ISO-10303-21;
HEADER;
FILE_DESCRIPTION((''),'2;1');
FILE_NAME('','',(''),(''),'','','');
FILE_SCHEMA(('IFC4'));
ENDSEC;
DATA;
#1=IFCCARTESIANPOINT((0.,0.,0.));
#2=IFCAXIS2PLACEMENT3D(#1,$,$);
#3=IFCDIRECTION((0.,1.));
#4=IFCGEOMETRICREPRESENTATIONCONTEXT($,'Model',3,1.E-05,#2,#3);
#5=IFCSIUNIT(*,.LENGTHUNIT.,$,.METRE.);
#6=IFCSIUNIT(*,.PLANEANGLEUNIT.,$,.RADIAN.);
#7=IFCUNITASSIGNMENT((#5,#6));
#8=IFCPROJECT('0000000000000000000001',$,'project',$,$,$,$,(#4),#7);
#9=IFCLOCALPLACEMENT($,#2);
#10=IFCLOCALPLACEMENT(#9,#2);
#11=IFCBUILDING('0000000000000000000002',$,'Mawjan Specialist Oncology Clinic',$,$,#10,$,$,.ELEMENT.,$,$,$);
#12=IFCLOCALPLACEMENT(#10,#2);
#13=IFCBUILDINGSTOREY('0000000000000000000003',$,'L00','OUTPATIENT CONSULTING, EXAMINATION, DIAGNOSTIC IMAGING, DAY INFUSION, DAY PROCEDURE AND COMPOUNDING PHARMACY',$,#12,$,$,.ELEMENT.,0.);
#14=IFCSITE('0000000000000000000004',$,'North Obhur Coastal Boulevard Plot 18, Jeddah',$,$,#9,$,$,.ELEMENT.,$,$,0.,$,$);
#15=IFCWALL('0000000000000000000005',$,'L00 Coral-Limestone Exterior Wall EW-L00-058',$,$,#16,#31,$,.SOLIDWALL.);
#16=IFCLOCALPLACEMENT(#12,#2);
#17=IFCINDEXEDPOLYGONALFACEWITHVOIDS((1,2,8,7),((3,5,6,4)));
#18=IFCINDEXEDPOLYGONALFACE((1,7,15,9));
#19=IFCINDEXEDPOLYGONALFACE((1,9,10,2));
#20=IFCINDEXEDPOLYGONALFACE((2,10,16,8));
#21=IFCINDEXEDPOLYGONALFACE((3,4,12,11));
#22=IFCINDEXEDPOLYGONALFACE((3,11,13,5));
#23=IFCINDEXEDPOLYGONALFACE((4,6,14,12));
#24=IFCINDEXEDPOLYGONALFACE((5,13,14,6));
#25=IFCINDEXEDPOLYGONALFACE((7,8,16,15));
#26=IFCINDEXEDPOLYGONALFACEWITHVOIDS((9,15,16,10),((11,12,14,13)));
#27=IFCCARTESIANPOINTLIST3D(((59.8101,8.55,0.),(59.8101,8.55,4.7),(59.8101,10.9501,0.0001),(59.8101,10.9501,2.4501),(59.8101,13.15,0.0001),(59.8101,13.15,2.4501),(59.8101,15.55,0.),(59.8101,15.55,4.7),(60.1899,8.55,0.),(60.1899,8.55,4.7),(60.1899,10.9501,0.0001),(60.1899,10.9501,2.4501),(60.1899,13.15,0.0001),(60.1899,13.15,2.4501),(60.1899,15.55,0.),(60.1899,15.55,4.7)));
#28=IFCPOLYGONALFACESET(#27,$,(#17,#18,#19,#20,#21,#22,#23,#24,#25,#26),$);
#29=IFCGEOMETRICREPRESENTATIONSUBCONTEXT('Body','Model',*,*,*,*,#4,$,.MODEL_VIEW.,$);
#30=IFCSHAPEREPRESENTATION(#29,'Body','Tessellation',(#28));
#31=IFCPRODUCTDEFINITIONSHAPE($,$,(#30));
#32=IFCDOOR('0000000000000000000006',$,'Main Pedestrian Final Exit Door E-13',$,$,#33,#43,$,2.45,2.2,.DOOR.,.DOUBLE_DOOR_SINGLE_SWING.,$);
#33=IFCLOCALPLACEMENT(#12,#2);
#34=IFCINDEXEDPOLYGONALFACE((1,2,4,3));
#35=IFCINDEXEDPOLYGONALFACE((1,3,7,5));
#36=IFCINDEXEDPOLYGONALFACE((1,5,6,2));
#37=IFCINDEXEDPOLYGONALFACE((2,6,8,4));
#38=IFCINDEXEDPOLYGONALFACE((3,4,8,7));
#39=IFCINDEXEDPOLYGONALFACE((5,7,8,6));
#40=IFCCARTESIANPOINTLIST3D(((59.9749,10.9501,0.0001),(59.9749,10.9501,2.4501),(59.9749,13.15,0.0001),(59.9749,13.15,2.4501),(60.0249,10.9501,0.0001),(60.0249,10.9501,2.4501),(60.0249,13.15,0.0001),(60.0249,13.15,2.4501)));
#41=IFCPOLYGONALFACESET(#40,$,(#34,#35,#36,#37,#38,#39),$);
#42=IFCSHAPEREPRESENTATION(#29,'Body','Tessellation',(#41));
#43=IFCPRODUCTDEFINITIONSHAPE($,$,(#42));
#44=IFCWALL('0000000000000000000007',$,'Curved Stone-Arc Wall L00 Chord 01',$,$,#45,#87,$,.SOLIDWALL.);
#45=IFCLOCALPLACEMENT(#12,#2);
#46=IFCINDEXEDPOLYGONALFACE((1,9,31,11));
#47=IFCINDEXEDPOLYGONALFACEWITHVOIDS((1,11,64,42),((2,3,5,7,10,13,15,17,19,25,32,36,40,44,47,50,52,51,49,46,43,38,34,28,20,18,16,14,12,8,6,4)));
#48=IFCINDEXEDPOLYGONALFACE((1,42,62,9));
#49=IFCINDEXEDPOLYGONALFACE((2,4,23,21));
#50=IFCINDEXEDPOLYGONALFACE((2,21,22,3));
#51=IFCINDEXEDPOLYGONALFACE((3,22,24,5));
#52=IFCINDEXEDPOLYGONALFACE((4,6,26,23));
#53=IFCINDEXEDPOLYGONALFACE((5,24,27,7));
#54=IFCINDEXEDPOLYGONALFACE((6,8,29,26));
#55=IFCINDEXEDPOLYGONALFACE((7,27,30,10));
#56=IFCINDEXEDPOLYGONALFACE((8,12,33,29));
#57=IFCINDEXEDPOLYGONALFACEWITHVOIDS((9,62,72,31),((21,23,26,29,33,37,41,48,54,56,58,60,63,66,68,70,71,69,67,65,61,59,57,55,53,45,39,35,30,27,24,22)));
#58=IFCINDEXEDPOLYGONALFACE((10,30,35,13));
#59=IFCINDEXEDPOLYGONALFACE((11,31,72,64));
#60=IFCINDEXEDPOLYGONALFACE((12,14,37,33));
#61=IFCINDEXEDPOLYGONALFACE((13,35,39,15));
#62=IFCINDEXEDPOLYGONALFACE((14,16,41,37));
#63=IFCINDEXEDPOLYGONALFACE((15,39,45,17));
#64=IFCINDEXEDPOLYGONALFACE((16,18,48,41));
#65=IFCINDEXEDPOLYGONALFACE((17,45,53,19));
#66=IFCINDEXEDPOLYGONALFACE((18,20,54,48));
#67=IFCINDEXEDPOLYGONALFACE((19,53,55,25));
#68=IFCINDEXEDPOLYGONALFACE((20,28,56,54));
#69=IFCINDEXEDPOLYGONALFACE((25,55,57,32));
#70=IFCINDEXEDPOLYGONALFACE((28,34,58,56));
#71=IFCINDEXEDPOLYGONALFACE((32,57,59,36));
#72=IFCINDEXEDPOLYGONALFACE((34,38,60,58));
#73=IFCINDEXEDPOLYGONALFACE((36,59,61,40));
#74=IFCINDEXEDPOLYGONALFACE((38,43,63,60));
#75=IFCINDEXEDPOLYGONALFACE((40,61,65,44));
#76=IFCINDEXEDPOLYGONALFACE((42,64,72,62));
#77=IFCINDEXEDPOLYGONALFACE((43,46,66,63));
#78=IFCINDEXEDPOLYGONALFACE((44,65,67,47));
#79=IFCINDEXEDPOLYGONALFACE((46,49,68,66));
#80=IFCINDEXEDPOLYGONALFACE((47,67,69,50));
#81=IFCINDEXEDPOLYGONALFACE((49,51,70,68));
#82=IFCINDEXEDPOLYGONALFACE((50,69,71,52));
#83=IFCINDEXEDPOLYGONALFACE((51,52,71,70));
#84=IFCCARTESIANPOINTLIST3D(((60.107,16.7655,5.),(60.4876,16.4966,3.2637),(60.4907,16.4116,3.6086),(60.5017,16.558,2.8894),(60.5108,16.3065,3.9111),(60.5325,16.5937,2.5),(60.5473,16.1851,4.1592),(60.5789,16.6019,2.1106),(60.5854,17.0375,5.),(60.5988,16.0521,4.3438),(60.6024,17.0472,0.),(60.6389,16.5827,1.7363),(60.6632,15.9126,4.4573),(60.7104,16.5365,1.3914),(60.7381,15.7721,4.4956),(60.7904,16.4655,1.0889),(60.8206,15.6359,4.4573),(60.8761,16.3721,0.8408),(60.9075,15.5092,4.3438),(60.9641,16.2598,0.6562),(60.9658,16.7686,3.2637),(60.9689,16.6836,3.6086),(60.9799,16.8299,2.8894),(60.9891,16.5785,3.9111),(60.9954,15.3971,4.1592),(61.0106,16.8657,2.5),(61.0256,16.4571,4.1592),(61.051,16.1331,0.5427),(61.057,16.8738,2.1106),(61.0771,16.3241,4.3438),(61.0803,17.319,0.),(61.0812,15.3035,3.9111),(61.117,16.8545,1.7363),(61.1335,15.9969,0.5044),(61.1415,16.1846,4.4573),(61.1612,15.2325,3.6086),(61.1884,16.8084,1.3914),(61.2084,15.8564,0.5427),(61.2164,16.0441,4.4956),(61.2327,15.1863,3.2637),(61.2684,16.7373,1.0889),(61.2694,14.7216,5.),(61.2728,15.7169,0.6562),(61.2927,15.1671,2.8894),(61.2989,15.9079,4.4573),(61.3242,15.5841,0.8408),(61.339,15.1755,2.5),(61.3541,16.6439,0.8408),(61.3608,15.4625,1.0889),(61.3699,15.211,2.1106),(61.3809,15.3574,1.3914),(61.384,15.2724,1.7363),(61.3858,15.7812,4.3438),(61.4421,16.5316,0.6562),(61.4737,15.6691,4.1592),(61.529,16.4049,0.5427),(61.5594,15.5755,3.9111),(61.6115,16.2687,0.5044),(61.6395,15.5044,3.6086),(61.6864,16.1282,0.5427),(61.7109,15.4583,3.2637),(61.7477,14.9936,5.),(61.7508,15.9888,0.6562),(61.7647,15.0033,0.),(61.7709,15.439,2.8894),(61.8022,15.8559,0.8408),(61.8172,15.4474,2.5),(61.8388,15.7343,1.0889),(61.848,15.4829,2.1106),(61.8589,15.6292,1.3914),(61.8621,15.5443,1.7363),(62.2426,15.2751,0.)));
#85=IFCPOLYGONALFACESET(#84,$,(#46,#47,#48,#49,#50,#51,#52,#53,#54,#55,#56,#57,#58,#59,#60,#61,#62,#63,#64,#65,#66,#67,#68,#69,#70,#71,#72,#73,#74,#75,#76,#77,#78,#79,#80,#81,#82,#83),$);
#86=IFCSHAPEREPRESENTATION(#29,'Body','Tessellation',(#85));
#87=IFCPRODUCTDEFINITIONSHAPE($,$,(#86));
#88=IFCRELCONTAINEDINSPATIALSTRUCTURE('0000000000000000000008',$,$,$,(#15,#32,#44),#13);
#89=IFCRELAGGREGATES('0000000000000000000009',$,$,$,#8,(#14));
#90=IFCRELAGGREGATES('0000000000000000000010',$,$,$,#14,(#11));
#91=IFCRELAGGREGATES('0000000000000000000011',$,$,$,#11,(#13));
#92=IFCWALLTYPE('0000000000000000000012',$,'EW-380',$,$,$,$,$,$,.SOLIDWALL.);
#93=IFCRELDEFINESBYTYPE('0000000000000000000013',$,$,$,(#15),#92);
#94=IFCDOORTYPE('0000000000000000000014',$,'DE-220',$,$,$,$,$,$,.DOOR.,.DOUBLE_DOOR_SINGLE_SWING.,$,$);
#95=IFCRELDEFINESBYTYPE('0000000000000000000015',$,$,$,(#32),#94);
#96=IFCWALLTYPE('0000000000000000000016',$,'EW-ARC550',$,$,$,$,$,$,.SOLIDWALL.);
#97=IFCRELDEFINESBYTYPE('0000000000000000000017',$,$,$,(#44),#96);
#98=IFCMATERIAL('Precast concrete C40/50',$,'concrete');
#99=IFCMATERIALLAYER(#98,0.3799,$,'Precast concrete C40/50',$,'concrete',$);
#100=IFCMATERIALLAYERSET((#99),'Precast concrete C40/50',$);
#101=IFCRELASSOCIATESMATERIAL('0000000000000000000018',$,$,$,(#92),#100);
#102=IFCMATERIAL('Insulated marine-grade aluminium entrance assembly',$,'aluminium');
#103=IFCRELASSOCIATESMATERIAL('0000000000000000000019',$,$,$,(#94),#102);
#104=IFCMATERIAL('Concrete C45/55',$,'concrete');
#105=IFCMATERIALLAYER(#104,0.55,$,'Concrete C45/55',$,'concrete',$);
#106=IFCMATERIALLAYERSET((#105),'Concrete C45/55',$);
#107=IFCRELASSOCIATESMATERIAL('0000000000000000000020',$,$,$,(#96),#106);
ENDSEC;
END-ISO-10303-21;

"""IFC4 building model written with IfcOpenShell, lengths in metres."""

from ifc_helpers import new_model, si_unit, direction, frame, frame_2d, origin, place, context, subcontext, project, spatial, polyline, rectangle, outline, extrude, material, layer, layer_set, type_object, element, fill, save


model = new_model("IFC4")

# Units and contexts
model_context = context("Model", 3, precision=1e-05, world=origin(), true_north=direction((0.0, 1.0)))
body_context = subcontext(model_context, "Body", "Model", "MODEL_VIEW")
ifc_project = project(units=[si_unit("LENGTHUNIT", "METRE"), si_unit("PLANEANGLEUNIT", "RADIAN")], contexts=[model_context])

# Site, building, storey
site_placement = place(None, origin())
site = spatial("IfcSite", under=ifc_project, at=site_placement, Name="North Obhur Coastal Boulevard Plot 18, Jeddah", CompositionType="ELEMENT", RefElevation=0.0)
building_placement = place(site_placement, origin())
building = spatial("IfcBuilding", under=site, at=building_placement, Name="Mawjan Specialist Oncology Clinic", CompositionType="ELEMENT")
storey_placement = place(building_placement, origin())
storey = spatial("IfcBuildingStorey", under=building, at=storey_placement, Name="L00", Description="OUTPATIENT CONSULTING, EXAMINATION, DIAGNOSTIC IMAGING, DAY INFUSION, DAY PROCEDURE AND COMPOUNDING PHARMACY", CompositionType="ELEMENT", Elevation=0.0)

# Wall, opening, door
ifc_material_1 = material(Name="Precast concrete C40/50", Category="concrete")
ifc_layer_1 = layer(ifc_material_1, 0.3799, Name="Precast concrete C40/50", Category="concrete")
ifc_layer_set_1 = layer_set([ifc_layer_1], Name="Precast concrete C40/50")
wall_type_1 = type_object("IfcWallType", Name="EW-380", PredefinedType="SOLIDWALL", material=ifc_layer_set_1)
wall_1_placement = place(storey_placement, frame((60.0, 15.55, 0.0), z_axis=(0.0, 0.0, 1.0), x_axis=(0.0, -1.0, 0.0)))
wall_1 = element("IfcWall", 1, at=wall_1_placement, inside=storey, type_object=wall_type_1, Name="L00 Coral-Limestone Exterior Wall EW-L00-058", PredefinedType="SOLIDWALL", context=body_context, shape_type="SweptSolid", body=[
    extrude(rectangle(XDim=7.0, YDim=0.3799, at=frame_2d((3.5, 0.0))), origin(), (0.0, 0.0, 1.0), 4.7),
])
opening_1_placement = place(wall_1_placement, frame((2.3999, 0.0, 0.0)))
opening_1 = element("IfcOpeningElement", 2, at=opening_1_placement, cuts=wall_1, PredefinedType="OPENING", context=body_context, shape_type="SweptSolid", body=[
    extrude(rectangle(XDim=2.2, YDim=2.45, at=frame_2d((1.1001, 1.2251))), frame((0.0, 0.2019, 0.0), z_axis=(0.0, -1.0, 0.0), x_axis=(1.0, 0.0, 0.0)), (0.0, 0.0, 1.0), 0.4038),
])
ifc_material_2 = material(Name="Insulated marine-grade aluminium entrance assembly", Category="aluminium")
door_type_1 = type_object("IfcDoorType", Name="DE-220", OperationType="DOUBLE_DOOR_SINGLE_SWING", PredefinedType="DOOR", material=ifc_material_2)
door_1_placement = place(opening_1_placement, origin())
door_1 = element("IfcDoor", 3, at=door_1_placement, inside=storey, type_object=door_type_1, Name="Main Pedestrian Final Exit Door E-13", OperationType="DOUBLE_DOOR_SINGLE_SWING", OverallHeight=2.45, OverallWidth=2.2, PredefinedType="DOOR", context=body_context, shape_type="SweptSolid", body=[
    extrude(rectangle(XDim=2.2, YDim=2.45, at=frame_2d((1.1001, 1.2251))), frame((0.0, 0.0249, 0.0), z_axis=(0.0, -1.0, 0.0), x_axis=(1.0, 0.0, 0.0)), (0.0, 0.0, 1.0), 0.05),
])
fill(opening_1, door_1)

# Wall, opening
ifc_material_3 = material(Name="Concrete C45/55", Category="concrete")
ifc_layer_2 = layer(ifc_material_3, 0.55, Name="Concrete C45/55", Category="concrete")
ifc_layer_set_2 = layer_set([ifc_layer_2], Name="Concrete C45/55")
wall_type_2 = type_object("IfcWallType", Name="EW-ARC550", PredefinedType="SOLIDWALL", material=ifc_layer_set_2)
wall_2_placement = place(storey_placement, frame((62.0037, 15.1392, 0.0), z_axis=(0.0, 0.0, 1.0), x_axis=(-0.494338, 0.86927, 0.0)))
wall_2 = element("IfcWall", 4, at=wall_2_placement, inside=storey, type_object=wall_type_2, Name="Curved Stone-Arc Wall L00 Chord 01", PredefinedType="SOLIDWALL", context=body_context, shape_type="SweptSolid", body=[
    extrude(outline(polyline([(-0.2749, 0.0), (0.2749, 0.0), (0.8447, 5.0), (0.2944, 5.0), (-0.2749, 0.0)])), frame((0.0, 0.0, 0.0), z_axis=(1.0, 0.0, 0.0), x_axis=(0.0, 1.0, 0.0)), (0.0, 0.0, 1.0), 2.3513),
])
opening_2_placement = place(wall_2_placement, origin())
element("IfcOpeningElement", 5, at=opening_2_placement, cuts=wall_2, PredefinedType="OPENING", context=body_context, shape_type="SweptSolid", body=[
    extrude(outline(polyline([(1.9917, 2.5), (1.9758, 2.8894), (1.9294, 3.2637), (1.854, 3.6086), (1.7527, 3.9111), (1.6292, 4.1592), (1.488, 4.3438), (1.335, 4.4573), (1.1758, 4.4956), (1.0166, 4.4573), (0.8635, 4.3438), (0.7227, 4.1592), (0.5989, 3.9111), (0.4976, 3.6086), (0.4221, 3.2637), (0.3757, 2.8894), (0.3601, 2.5), (0.3757, 2.1106), (0.4221, 1.7363), (0.4976, 1.3914), (0.5989, 1.0889), (0.7227, 0.8408), (0.8635, 0.6562), (1.0166, 0.5427), (1.1758, 0.5044), (1.335, 0.5427), (1.488, 0.6562), (1.6292, 0.8408), (1.7527, 1.0889), (1.854, 1.3914), (1.9294, 1.7363), (1.9758, 2.1106), (1.9917, 2.5)])), frame((0.0, 0.8645, 0.0), z_axis=(0.0, -1.0, 0.0), x_axis=(1.0, 0.0, 0.0)), (0.0, 0.0, 1.0), 1.1597),
])

save(model, "model.ifc")
